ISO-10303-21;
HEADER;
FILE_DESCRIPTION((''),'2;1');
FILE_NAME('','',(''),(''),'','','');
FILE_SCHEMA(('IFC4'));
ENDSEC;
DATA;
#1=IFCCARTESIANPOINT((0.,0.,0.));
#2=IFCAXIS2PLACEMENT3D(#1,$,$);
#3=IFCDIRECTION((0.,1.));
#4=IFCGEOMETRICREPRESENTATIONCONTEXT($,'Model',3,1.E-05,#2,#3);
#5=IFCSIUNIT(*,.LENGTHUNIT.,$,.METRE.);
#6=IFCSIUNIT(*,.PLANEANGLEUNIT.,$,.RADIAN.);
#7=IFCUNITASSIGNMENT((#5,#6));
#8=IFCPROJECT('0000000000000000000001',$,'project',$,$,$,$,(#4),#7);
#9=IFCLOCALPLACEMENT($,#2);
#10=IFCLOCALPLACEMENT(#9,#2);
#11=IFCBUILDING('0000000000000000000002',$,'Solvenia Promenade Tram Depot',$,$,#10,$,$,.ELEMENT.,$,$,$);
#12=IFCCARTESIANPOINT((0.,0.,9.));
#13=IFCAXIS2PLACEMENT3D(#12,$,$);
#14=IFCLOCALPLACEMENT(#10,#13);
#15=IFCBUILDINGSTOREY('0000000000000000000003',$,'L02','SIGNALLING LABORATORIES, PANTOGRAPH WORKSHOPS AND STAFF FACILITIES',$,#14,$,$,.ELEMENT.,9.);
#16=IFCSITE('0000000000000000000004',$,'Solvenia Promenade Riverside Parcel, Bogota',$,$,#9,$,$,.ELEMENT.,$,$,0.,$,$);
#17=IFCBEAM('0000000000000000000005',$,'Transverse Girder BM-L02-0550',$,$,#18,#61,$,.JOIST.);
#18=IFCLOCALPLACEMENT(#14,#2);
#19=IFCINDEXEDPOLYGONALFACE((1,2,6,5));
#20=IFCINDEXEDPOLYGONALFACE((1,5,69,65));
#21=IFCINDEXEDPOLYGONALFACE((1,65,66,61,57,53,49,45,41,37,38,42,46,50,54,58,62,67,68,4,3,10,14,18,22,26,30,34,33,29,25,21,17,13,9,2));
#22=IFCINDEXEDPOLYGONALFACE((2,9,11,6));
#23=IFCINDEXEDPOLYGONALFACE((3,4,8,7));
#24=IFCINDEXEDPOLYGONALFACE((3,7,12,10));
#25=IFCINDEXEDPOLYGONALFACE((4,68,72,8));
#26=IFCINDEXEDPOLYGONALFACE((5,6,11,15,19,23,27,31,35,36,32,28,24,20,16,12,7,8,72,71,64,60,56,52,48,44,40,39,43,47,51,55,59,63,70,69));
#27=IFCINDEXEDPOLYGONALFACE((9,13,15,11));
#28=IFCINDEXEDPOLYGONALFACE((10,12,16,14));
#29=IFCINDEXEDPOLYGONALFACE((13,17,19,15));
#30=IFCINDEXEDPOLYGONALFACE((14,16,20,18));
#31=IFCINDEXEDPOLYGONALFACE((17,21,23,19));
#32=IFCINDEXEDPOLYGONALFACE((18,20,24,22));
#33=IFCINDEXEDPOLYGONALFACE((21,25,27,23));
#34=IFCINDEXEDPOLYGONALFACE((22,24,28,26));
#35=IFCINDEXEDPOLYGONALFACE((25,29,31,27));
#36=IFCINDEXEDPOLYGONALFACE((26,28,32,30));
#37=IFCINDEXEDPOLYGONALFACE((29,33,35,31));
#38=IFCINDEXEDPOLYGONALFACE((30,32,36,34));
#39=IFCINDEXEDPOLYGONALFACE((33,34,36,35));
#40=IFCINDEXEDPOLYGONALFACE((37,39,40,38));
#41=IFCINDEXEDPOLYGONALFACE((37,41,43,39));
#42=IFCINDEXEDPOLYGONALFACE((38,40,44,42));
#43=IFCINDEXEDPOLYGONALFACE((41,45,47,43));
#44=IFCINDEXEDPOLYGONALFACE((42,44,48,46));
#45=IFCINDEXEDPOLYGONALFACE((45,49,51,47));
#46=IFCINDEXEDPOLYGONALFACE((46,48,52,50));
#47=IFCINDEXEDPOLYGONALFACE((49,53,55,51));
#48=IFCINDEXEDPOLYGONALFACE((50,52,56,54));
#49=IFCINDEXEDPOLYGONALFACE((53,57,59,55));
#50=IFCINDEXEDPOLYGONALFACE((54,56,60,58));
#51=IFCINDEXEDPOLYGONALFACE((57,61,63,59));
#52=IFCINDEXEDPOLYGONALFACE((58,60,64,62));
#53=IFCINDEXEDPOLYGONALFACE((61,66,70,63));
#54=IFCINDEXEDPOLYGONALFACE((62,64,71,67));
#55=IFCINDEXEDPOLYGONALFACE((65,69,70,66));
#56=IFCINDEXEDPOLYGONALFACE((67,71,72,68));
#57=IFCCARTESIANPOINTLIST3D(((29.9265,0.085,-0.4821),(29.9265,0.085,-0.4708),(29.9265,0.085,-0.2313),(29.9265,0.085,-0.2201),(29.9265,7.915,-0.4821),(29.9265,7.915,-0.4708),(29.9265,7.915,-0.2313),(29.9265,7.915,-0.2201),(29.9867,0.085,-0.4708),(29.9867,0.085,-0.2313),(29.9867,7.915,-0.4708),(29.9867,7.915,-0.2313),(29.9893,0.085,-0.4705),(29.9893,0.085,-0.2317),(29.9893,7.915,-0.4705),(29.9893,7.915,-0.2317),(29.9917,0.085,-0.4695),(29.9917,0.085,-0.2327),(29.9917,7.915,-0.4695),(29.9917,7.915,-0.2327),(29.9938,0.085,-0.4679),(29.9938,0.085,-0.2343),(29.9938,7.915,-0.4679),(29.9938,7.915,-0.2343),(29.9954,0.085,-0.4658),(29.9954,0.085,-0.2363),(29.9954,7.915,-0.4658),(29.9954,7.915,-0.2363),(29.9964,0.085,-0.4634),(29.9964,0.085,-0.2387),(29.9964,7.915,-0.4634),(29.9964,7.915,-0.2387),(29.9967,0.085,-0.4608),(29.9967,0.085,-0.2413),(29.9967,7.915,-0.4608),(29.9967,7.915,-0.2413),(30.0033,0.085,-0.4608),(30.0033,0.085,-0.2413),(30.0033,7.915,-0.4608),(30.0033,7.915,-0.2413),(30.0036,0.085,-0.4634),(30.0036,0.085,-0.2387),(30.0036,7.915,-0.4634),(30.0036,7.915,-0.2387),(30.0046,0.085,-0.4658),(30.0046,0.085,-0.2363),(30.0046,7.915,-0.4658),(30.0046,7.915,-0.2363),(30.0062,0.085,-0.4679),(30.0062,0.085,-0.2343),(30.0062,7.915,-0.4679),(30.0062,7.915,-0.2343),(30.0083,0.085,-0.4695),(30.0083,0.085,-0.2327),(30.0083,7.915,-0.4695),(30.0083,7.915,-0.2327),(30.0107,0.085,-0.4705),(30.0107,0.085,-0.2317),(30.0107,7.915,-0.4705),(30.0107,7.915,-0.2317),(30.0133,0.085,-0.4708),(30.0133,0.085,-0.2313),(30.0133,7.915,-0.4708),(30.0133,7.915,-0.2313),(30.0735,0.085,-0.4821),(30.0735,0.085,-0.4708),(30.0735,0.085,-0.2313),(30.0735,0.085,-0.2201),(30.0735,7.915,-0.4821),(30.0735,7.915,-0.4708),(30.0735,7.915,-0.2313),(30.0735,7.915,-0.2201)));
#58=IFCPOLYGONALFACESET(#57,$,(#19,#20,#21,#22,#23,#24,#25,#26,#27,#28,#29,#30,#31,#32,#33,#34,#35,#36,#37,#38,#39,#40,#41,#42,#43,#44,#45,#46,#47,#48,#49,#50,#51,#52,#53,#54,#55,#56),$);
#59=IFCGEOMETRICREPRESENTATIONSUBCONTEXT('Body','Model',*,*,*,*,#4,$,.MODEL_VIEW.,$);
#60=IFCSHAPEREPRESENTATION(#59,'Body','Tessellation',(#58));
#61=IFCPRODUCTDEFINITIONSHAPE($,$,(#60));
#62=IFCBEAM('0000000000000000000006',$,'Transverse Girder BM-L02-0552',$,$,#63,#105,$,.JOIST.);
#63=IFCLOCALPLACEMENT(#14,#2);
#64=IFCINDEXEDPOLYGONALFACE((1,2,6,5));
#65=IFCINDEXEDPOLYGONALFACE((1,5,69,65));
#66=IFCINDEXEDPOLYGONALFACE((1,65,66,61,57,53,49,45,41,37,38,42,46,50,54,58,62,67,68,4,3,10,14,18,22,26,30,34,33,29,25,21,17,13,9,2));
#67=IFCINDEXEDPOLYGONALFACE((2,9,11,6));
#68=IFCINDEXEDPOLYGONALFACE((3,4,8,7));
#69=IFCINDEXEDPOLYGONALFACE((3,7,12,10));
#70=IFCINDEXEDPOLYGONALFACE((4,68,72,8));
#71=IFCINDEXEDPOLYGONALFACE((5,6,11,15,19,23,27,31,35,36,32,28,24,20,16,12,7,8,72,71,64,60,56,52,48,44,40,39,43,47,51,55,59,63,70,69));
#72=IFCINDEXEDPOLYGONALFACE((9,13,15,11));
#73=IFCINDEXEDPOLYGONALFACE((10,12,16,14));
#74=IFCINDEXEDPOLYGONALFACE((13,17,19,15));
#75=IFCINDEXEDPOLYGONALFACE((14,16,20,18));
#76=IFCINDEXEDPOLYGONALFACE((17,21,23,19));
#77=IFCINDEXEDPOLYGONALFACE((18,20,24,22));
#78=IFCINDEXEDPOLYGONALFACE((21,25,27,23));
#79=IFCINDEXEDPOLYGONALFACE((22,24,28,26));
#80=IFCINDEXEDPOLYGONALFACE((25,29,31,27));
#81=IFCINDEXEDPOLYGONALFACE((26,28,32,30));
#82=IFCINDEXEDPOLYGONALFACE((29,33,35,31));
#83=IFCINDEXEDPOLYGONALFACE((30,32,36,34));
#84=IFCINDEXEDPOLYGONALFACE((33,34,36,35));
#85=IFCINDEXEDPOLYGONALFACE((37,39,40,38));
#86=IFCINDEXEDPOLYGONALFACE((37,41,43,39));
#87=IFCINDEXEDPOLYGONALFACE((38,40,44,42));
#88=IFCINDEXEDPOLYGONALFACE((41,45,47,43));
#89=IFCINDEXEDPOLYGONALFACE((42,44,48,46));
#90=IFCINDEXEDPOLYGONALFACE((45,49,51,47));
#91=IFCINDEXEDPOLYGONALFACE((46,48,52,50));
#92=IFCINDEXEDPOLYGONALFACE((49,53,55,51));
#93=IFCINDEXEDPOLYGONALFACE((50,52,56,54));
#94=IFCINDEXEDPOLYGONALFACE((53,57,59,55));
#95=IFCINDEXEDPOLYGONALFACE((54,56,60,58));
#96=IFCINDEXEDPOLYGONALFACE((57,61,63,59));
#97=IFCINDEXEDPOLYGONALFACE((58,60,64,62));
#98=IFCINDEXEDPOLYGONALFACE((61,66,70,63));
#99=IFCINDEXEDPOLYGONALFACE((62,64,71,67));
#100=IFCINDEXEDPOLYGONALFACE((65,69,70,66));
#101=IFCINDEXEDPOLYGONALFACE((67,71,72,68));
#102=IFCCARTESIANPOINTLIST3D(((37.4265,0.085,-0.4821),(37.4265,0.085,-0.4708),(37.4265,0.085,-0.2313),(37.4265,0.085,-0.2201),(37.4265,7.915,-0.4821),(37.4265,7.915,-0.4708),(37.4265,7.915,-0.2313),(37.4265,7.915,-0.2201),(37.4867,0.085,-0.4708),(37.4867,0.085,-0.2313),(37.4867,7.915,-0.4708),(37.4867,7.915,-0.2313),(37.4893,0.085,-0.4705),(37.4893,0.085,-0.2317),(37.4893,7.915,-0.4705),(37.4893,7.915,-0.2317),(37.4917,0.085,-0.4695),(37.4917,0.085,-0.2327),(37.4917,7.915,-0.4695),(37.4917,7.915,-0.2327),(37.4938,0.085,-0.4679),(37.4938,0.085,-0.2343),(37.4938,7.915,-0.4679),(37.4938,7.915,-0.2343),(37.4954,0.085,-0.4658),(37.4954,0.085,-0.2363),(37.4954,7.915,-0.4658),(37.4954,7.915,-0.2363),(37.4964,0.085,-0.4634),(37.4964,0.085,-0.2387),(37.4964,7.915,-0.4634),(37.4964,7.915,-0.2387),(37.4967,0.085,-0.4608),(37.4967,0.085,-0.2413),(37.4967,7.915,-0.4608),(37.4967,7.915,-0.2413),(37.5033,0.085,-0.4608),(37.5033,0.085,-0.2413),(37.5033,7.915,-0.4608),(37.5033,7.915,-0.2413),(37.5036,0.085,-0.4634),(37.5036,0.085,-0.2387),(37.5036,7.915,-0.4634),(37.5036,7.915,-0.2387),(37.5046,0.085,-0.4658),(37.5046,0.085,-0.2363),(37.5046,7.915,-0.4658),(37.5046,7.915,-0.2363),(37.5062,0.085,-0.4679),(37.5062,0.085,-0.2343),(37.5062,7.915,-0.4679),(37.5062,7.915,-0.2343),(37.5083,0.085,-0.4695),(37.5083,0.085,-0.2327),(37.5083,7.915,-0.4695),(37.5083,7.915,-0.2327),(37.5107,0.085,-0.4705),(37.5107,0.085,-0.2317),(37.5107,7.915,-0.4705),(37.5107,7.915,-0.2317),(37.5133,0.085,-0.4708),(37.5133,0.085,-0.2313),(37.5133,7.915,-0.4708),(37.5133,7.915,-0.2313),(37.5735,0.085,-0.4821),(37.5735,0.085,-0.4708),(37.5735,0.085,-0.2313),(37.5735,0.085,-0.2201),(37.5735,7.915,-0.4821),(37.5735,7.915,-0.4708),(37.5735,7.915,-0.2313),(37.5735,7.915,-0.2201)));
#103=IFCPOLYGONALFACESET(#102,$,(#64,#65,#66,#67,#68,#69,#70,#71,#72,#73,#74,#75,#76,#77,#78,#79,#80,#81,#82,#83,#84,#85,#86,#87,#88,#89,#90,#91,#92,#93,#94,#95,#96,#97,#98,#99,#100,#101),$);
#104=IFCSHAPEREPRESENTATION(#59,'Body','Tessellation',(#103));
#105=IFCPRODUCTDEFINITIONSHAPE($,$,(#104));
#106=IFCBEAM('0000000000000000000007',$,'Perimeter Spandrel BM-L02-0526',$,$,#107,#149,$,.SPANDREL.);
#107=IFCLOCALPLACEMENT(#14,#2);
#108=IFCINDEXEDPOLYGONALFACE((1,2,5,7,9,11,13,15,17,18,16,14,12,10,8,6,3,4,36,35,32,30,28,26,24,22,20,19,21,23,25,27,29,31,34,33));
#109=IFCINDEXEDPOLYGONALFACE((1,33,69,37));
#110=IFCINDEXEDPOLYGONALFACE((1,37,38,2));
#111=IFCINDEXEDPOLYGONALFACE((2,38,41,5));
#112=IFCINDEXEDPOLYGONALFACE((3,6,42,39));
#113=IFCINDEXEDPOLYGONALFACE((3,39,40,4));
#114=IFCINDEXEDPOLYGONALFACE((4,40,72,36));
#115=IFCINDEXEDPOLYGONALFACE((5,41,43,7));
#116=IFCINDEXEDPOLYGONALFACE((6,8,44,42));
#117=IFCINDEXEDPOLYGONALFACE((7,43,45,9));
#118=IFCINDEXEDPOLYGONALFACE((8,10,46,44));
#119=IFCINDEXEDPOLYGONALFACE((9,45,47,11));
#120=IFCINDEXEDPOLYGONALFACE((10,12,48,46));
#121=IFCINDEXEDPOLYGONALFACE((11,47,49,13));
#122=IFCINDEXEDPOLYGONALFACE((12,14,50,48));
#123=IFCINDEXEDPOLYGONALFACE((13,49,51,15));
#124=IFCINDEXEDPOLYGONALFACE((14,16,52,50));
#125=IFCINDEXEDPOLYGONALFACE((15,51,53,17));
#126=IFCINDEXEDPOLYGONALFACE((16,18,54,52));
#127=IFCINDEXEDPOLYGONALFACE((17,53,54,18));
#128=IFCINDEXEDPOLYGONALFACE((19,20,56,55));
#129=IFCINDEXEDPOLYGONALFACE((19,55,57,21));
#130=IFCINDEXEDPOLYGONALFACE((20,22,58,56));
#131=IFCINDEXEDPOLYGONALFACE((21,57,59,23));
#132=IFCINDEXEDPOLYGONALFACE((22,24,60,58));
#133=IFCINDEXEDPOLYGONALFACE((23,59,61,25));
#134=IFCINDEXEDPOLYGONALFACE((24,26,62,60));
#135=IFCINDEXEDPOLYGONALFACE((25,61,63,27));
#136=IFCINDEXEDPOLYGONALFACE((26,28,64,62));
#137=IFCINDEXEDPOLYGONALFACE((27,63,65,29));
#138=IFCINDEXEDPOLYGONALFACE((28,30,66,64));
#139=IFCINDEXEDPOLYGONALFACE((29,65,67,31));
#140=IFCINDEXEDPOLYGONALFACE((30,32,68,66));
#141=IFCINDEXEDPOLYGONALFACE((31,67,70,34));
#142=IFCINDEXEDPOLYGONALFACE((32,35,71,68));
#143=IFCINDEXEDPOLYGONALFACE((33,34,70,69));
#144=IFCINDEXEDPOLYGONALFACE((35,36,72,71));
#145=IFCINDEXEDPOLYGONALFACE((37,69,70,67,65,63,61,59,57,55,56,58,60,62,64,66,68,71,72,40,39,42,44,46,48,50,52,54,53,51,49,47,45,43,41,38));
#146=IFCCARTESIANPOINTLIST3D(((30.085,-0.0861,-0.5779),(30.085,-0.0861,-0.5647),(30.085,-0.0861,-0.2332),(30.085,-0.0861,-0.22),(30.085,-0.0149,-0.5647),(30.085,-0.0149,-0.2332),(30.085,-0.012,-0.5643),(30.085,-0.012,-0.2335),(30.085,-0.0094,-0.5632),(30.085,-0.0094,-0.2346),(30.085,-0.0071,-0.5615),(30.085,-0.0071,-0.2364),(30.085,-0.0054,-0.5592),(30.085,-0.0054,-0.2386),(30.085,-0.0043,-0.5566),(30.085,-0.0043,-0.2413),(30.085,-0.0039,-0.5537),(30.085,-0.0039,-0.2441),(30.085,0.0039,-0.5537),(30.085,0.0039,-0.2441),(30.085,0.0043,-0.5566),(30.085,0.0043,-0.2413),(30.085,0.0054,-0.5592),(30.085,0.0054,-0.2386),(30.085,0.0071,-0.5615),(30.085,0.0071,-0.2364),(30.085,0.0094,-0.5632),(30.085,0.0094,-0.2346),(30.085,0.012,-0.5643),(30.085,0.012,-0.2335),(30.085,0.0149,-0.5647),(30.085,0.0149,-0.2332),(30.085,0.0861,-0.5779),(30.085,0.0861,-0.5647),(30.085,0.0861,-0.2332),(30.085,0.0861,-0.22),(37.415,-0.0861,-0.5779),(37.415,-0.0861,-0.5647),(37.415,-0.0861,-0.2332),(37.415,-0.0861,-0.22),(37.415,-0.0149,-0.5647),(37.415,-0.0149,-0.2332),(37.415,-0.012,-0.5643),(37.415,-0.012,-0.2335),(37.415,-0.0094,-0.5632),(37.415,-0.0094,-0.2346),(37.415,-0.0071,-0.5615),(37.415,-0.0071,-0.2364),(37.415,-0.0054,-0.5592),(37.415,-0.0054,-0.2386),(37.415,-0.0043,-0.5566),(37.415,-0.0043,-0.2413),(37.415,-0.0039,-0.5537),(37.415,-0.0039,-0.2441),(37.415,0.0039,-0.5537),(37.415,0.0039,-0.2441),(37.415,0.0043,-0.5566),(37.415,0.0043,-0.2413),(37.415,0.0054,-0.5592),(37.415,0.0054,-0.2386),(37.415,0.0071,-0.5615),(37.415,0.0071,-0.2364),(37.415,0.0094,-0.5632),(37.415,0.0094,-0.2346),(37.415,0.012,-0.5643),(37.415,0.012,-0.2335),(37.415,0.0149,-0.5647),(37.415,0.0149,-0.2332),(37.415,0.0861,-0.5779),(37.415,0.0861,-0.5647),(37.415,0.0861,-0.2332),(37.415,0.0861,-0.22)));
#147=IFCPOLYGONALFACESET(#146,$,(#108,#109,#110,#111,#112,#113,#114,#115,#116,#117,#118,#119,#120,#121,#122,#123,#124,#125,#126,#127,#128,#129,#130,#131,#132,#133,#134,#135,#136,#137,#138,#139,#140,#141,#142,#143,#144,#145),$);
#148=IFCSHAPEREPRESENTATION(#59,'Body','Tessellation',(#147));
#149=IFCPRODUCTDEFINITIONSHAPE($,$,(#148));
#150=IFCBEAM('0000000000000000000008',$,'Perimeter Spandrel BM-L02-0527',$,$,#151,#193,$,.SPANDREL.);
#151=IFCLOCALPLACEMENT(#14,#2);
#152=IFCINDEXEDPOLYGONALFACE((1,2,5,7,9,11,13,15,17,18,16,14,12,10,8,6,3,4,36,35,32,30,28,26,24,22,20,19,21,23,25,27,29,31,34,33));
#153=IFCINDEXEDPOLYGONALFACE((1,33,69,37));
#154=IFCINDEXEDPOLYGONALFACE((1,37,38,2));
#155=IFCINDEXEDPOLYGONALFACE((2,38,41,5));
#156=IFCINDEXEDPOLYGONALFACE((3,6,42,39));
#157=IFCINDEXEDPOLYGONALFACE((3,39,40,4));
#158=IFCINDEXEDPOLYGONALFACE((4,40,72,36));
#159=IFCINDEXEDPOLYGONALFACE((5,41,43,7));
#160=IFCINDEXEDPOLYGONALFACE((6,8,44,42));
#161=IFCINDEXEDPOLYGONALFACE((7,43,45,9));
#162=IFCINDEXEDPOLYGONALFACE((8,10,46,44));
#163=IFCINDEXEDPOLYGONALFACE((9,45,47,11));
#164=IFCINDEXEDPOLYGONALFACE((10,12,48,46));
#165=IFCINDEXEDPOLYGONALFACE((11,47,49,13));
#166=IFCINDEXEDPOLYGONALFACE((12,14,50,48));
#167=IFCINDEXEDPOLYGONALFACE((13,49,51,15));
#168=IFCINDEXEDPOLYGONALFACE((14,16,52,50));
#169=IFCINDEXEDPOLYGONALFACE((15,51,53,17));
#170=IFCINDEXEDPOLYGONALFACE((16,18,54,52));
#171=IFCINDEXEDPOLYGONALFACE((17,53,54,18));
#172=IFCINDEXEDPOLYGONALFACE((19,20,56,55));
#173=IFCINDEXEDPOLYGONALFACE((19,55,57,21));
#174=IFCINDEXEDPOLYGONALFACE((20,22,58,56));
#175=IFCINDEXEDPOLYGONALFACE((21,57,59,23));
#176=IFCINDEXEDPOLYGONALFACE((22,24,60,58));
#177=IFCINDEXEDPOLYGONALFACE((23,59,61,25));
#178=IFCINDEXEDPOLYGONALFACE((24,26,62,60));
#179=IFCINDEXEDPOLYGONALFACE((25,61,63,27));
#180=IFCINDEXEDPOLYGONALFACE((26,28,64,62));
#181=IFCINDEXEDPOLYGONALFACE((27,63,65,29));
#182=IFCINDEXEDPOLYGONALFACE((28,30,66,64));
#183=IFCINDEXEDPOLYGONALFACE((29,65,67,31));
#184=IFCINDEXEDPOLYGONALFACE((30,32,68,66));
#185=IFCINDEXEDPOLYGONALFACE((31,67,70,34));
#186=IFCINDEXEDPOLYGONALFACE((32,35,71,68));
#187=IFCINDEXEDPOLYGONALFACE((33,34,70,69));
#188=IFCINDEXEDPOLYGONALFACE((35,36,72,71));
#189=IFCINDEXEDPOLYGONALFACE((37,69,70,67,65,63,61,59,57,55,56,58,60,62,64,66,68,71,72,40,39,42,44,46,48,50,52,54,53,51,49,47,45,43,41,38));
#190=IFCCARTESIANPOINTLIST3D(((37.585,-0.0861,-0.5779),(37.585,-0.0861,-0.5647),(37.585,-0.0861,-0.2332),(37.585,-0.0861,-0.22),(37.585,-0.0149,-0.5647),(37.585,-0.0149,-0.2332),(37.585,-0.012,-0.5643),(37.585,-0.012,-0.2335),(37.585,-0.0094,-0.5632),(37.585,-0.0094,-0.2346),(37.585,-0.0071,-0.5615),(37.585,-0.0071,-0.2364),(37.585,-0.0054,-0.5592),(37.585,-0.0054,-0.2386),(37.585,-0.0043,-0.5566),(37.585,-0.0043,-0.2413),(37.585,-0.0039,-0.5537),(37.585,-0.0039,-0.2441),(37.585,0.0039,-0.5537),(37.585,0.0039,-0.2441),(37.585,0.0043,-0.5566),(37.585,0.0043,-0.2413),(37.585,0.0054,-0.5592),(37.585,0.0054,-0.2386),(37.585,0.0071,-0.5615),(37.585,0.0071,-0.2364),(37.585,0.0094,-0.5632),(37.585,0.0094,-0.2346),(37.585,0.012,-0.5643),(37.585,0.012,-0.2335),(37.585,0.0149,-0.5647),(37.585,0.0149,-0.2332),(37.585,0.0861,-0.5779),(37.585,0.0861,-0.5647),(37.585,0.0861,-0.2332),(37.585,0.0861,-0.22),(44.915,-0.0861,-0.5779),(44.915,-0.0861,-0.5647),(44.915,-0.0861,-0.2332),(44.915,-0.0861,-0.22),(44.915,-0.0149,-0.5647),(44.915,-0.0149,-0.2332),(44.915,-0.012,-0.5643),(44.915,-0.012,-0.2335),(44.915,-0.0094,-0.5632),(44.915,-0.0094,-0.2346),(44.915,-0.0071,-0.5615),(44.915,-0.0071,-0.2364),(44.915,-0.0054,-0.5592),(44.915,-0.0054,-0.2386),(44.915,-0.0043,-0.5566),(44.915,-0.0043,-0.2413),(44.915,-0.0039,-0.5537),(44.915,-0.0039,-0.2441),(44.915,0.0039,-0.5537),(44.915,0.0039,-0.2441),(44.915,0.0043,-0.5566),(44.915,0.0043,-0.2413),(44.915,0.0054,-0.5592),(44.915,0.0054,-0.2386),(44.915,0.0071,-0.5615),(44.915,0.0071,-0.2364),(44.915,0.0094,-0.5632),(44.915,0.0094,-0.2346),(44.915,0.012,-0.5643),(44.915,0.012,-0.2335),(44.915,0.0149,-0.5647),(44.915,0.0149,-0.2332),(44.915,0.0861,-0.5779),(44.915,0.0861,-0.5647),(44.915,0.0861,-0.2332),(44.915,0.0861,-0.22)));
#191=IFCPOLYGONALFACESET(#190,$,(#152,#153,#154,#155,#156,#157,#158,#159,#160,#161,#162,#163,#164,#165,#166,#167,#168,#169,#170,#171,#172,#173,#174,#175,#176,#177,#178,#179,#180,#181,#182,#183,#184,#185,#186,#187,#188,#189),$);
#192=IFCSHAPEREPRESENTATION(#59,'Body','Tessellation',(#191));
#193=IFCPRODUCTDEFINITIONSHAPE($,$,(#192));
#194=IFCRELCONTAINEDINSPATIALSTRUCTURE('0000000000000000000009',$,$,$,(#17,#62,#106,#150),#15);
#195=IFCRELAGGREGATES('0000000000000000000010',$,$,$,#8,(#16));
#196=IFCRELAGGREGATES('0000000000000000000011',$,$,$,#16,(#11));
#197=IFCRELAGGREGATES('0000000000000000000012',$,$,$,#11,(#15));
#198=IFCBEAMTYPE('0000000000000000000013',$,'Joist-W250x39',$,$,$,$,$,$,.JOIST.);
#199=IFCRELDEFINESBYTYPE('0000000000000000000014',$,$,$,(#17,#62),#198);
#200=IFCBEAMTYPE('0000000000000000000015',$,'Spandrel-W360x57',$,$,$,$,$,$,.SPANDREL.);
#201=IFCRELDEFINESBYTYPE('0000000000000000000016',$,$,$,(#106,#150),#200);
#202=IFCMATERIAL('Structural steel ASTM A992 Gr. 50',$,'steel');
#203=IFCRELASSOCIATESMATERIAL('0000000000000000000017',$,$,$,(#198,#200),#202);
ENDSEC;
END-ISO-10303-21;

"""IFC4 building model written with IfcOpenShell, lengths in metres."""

from ifc_helpers import new_model, si_unit, direction, frame, origin, origin_2d, place, context, subcontext, project, spatial, i_section, extrude, material, material_profile, profile_set, type_object, element, save


model = new_model("IFC4")

# Units and contexts
model_context = context("Model", 3, precision=1e-05, world=origin(), true_north=direction((0.0, 1.0)))
body_context = subcontext(model_context, "Body", "Model", "MODEL_VIEW")
ifc_project = project(units=[si_unit("LENGTHUNIT", "METRE"), si_unit("PLANEANGLEUNIT", "RADIAN")], contexts=[model_context])

# Site, building, storey
site_placement = place(None, origin())
site = spatial("IfcSite", under=ifc_project, at=site_placement, Name="Solvenia Promenade Riverside Parcel, Bogota", CompositionType="ELEMENT", RefElevation=0.0)
building_placement = place(site_placement, origin())
building = spatial("IfcBuilding", under=site, at=building_placement, Name="Solvenia Promenade Tram Depot", CompositionType="ELEMENT")
storey_placement = place(building_placement, frame((0.0, 0.0, 9.0)))
storey = spatial("IfcBuildingStorey", under=building, at=storey_placement, Name="L02", Description="SIGNALLING LABORATORIES, PANTOGRAPH WORKSHOPS AND STAFF FACILITIES", CompositionType="ELEMENT", Elevation=9.0)

# Shared definitions
ifc_material_1 = material(Name="Structural steel ASTM A992 Gr. 50", Category="steel")

# Beams
ifc_material_profile_1 = material_profile(ifc_material_1, i_section(OverallWidth=0.147, OverallDepth=0.262, WebThickness=0.0066, FlangeThickness=0.0112, FilletRadius=0.01, at=origin_2d()), Name="W250x39", Category="steel")
ifc_profile_set_1 = profile_set([ifc_material_profile_1], Name="Structural steel ASTM A992 Gr. 50")
beam_type_1 = type_object("IfcBeamType", Name="Joist-W250x39", PredefinedType="JOIST", material=ifc_profile_set_1)
for number, where, z_axis, x_axis, name in (
    (1, (30.0, 0.085, -0.3511), (0.0, 1.0, 0.0), (-1.0, 0.0, 0.0), "Transverse Girder BM-L02-0550"),
    (2, (37.5, 0.085, -0.3511), (0.0, 1.0, 0.0), (-1.0, 0.0, 0.0), "Transverse Girder BM-L02-0552"),
):
    element("IfcBeam", number, at=place(storey_placement, frame(where, z_axis=z_axis, x_axis=x_axis)), inside=storey, type_object=beam_type_1, Name=name, PredefinedType="JOIST", context=body_context, shape_type="SweptSolid", body=[
        extrude(i_section(OverallWidth=0.147, OverallDepth=0.262, WebThickness=0.0066, FlangeThickness=0.0112, FilletRadius=0.01, at=origin_2d()), origin(), (0.0, 0.0, 1.0), 7.8301),
    ])
ifc_material_profile_2 = material_profile(ifc_material_1, i_section(OverallWidth=0.1721, OverallDepth=0.3579, WebThickness=0.0078, FlangeThickness=0.0132, FilletRadius=0.011, at=origin_2d()), Name="W360x57", Category="steel")
ifc_profile_set_2 = profile_set([ifc_material_profile_2], Name="Structural steel ASTM A992 Gr. 50")
beam_type_2 = type_object("IfcBeamType", Name="Spandrel-W360x57", PredefinedType="SPANDREL", material=ifc_profile_set_2)
for number, where, z_axis, x_axis, name in (
    (3, (30.085, 0.0, -0.3989), (1.0, 0.0, 0.0), (0.0, 1.0, 0.0), "Perimeter Spandrel BM-L02-0526"),
    (4, (37.585, 0.0, -0.3989), (1.0, 0.0, 0.0), (0.0, 1.0, 0.0), "Perimeter Spandrel BM-L02-0527"),
):
    element("IfcBeam", number, at=place(storey_placement, frame(where, z_axis=z_axis, x_axis=x_axis)), inside=storey, type_object=beam_type_2, Name=name, PredefinedType="SPANDREL", context=body_context, shape_type="SweptSolid", body=[
        extrude(i_section(OverallWidth=0.1721, OverallDepth=0.3579, WebThickness=0.0078, FlangeThickness=0.0132, FilletRadius=0.011, at=origin_2d()), origin(), (0.0, 0.0, 1.0), 7.3301),
    ])

save(model, "model.ifc")
